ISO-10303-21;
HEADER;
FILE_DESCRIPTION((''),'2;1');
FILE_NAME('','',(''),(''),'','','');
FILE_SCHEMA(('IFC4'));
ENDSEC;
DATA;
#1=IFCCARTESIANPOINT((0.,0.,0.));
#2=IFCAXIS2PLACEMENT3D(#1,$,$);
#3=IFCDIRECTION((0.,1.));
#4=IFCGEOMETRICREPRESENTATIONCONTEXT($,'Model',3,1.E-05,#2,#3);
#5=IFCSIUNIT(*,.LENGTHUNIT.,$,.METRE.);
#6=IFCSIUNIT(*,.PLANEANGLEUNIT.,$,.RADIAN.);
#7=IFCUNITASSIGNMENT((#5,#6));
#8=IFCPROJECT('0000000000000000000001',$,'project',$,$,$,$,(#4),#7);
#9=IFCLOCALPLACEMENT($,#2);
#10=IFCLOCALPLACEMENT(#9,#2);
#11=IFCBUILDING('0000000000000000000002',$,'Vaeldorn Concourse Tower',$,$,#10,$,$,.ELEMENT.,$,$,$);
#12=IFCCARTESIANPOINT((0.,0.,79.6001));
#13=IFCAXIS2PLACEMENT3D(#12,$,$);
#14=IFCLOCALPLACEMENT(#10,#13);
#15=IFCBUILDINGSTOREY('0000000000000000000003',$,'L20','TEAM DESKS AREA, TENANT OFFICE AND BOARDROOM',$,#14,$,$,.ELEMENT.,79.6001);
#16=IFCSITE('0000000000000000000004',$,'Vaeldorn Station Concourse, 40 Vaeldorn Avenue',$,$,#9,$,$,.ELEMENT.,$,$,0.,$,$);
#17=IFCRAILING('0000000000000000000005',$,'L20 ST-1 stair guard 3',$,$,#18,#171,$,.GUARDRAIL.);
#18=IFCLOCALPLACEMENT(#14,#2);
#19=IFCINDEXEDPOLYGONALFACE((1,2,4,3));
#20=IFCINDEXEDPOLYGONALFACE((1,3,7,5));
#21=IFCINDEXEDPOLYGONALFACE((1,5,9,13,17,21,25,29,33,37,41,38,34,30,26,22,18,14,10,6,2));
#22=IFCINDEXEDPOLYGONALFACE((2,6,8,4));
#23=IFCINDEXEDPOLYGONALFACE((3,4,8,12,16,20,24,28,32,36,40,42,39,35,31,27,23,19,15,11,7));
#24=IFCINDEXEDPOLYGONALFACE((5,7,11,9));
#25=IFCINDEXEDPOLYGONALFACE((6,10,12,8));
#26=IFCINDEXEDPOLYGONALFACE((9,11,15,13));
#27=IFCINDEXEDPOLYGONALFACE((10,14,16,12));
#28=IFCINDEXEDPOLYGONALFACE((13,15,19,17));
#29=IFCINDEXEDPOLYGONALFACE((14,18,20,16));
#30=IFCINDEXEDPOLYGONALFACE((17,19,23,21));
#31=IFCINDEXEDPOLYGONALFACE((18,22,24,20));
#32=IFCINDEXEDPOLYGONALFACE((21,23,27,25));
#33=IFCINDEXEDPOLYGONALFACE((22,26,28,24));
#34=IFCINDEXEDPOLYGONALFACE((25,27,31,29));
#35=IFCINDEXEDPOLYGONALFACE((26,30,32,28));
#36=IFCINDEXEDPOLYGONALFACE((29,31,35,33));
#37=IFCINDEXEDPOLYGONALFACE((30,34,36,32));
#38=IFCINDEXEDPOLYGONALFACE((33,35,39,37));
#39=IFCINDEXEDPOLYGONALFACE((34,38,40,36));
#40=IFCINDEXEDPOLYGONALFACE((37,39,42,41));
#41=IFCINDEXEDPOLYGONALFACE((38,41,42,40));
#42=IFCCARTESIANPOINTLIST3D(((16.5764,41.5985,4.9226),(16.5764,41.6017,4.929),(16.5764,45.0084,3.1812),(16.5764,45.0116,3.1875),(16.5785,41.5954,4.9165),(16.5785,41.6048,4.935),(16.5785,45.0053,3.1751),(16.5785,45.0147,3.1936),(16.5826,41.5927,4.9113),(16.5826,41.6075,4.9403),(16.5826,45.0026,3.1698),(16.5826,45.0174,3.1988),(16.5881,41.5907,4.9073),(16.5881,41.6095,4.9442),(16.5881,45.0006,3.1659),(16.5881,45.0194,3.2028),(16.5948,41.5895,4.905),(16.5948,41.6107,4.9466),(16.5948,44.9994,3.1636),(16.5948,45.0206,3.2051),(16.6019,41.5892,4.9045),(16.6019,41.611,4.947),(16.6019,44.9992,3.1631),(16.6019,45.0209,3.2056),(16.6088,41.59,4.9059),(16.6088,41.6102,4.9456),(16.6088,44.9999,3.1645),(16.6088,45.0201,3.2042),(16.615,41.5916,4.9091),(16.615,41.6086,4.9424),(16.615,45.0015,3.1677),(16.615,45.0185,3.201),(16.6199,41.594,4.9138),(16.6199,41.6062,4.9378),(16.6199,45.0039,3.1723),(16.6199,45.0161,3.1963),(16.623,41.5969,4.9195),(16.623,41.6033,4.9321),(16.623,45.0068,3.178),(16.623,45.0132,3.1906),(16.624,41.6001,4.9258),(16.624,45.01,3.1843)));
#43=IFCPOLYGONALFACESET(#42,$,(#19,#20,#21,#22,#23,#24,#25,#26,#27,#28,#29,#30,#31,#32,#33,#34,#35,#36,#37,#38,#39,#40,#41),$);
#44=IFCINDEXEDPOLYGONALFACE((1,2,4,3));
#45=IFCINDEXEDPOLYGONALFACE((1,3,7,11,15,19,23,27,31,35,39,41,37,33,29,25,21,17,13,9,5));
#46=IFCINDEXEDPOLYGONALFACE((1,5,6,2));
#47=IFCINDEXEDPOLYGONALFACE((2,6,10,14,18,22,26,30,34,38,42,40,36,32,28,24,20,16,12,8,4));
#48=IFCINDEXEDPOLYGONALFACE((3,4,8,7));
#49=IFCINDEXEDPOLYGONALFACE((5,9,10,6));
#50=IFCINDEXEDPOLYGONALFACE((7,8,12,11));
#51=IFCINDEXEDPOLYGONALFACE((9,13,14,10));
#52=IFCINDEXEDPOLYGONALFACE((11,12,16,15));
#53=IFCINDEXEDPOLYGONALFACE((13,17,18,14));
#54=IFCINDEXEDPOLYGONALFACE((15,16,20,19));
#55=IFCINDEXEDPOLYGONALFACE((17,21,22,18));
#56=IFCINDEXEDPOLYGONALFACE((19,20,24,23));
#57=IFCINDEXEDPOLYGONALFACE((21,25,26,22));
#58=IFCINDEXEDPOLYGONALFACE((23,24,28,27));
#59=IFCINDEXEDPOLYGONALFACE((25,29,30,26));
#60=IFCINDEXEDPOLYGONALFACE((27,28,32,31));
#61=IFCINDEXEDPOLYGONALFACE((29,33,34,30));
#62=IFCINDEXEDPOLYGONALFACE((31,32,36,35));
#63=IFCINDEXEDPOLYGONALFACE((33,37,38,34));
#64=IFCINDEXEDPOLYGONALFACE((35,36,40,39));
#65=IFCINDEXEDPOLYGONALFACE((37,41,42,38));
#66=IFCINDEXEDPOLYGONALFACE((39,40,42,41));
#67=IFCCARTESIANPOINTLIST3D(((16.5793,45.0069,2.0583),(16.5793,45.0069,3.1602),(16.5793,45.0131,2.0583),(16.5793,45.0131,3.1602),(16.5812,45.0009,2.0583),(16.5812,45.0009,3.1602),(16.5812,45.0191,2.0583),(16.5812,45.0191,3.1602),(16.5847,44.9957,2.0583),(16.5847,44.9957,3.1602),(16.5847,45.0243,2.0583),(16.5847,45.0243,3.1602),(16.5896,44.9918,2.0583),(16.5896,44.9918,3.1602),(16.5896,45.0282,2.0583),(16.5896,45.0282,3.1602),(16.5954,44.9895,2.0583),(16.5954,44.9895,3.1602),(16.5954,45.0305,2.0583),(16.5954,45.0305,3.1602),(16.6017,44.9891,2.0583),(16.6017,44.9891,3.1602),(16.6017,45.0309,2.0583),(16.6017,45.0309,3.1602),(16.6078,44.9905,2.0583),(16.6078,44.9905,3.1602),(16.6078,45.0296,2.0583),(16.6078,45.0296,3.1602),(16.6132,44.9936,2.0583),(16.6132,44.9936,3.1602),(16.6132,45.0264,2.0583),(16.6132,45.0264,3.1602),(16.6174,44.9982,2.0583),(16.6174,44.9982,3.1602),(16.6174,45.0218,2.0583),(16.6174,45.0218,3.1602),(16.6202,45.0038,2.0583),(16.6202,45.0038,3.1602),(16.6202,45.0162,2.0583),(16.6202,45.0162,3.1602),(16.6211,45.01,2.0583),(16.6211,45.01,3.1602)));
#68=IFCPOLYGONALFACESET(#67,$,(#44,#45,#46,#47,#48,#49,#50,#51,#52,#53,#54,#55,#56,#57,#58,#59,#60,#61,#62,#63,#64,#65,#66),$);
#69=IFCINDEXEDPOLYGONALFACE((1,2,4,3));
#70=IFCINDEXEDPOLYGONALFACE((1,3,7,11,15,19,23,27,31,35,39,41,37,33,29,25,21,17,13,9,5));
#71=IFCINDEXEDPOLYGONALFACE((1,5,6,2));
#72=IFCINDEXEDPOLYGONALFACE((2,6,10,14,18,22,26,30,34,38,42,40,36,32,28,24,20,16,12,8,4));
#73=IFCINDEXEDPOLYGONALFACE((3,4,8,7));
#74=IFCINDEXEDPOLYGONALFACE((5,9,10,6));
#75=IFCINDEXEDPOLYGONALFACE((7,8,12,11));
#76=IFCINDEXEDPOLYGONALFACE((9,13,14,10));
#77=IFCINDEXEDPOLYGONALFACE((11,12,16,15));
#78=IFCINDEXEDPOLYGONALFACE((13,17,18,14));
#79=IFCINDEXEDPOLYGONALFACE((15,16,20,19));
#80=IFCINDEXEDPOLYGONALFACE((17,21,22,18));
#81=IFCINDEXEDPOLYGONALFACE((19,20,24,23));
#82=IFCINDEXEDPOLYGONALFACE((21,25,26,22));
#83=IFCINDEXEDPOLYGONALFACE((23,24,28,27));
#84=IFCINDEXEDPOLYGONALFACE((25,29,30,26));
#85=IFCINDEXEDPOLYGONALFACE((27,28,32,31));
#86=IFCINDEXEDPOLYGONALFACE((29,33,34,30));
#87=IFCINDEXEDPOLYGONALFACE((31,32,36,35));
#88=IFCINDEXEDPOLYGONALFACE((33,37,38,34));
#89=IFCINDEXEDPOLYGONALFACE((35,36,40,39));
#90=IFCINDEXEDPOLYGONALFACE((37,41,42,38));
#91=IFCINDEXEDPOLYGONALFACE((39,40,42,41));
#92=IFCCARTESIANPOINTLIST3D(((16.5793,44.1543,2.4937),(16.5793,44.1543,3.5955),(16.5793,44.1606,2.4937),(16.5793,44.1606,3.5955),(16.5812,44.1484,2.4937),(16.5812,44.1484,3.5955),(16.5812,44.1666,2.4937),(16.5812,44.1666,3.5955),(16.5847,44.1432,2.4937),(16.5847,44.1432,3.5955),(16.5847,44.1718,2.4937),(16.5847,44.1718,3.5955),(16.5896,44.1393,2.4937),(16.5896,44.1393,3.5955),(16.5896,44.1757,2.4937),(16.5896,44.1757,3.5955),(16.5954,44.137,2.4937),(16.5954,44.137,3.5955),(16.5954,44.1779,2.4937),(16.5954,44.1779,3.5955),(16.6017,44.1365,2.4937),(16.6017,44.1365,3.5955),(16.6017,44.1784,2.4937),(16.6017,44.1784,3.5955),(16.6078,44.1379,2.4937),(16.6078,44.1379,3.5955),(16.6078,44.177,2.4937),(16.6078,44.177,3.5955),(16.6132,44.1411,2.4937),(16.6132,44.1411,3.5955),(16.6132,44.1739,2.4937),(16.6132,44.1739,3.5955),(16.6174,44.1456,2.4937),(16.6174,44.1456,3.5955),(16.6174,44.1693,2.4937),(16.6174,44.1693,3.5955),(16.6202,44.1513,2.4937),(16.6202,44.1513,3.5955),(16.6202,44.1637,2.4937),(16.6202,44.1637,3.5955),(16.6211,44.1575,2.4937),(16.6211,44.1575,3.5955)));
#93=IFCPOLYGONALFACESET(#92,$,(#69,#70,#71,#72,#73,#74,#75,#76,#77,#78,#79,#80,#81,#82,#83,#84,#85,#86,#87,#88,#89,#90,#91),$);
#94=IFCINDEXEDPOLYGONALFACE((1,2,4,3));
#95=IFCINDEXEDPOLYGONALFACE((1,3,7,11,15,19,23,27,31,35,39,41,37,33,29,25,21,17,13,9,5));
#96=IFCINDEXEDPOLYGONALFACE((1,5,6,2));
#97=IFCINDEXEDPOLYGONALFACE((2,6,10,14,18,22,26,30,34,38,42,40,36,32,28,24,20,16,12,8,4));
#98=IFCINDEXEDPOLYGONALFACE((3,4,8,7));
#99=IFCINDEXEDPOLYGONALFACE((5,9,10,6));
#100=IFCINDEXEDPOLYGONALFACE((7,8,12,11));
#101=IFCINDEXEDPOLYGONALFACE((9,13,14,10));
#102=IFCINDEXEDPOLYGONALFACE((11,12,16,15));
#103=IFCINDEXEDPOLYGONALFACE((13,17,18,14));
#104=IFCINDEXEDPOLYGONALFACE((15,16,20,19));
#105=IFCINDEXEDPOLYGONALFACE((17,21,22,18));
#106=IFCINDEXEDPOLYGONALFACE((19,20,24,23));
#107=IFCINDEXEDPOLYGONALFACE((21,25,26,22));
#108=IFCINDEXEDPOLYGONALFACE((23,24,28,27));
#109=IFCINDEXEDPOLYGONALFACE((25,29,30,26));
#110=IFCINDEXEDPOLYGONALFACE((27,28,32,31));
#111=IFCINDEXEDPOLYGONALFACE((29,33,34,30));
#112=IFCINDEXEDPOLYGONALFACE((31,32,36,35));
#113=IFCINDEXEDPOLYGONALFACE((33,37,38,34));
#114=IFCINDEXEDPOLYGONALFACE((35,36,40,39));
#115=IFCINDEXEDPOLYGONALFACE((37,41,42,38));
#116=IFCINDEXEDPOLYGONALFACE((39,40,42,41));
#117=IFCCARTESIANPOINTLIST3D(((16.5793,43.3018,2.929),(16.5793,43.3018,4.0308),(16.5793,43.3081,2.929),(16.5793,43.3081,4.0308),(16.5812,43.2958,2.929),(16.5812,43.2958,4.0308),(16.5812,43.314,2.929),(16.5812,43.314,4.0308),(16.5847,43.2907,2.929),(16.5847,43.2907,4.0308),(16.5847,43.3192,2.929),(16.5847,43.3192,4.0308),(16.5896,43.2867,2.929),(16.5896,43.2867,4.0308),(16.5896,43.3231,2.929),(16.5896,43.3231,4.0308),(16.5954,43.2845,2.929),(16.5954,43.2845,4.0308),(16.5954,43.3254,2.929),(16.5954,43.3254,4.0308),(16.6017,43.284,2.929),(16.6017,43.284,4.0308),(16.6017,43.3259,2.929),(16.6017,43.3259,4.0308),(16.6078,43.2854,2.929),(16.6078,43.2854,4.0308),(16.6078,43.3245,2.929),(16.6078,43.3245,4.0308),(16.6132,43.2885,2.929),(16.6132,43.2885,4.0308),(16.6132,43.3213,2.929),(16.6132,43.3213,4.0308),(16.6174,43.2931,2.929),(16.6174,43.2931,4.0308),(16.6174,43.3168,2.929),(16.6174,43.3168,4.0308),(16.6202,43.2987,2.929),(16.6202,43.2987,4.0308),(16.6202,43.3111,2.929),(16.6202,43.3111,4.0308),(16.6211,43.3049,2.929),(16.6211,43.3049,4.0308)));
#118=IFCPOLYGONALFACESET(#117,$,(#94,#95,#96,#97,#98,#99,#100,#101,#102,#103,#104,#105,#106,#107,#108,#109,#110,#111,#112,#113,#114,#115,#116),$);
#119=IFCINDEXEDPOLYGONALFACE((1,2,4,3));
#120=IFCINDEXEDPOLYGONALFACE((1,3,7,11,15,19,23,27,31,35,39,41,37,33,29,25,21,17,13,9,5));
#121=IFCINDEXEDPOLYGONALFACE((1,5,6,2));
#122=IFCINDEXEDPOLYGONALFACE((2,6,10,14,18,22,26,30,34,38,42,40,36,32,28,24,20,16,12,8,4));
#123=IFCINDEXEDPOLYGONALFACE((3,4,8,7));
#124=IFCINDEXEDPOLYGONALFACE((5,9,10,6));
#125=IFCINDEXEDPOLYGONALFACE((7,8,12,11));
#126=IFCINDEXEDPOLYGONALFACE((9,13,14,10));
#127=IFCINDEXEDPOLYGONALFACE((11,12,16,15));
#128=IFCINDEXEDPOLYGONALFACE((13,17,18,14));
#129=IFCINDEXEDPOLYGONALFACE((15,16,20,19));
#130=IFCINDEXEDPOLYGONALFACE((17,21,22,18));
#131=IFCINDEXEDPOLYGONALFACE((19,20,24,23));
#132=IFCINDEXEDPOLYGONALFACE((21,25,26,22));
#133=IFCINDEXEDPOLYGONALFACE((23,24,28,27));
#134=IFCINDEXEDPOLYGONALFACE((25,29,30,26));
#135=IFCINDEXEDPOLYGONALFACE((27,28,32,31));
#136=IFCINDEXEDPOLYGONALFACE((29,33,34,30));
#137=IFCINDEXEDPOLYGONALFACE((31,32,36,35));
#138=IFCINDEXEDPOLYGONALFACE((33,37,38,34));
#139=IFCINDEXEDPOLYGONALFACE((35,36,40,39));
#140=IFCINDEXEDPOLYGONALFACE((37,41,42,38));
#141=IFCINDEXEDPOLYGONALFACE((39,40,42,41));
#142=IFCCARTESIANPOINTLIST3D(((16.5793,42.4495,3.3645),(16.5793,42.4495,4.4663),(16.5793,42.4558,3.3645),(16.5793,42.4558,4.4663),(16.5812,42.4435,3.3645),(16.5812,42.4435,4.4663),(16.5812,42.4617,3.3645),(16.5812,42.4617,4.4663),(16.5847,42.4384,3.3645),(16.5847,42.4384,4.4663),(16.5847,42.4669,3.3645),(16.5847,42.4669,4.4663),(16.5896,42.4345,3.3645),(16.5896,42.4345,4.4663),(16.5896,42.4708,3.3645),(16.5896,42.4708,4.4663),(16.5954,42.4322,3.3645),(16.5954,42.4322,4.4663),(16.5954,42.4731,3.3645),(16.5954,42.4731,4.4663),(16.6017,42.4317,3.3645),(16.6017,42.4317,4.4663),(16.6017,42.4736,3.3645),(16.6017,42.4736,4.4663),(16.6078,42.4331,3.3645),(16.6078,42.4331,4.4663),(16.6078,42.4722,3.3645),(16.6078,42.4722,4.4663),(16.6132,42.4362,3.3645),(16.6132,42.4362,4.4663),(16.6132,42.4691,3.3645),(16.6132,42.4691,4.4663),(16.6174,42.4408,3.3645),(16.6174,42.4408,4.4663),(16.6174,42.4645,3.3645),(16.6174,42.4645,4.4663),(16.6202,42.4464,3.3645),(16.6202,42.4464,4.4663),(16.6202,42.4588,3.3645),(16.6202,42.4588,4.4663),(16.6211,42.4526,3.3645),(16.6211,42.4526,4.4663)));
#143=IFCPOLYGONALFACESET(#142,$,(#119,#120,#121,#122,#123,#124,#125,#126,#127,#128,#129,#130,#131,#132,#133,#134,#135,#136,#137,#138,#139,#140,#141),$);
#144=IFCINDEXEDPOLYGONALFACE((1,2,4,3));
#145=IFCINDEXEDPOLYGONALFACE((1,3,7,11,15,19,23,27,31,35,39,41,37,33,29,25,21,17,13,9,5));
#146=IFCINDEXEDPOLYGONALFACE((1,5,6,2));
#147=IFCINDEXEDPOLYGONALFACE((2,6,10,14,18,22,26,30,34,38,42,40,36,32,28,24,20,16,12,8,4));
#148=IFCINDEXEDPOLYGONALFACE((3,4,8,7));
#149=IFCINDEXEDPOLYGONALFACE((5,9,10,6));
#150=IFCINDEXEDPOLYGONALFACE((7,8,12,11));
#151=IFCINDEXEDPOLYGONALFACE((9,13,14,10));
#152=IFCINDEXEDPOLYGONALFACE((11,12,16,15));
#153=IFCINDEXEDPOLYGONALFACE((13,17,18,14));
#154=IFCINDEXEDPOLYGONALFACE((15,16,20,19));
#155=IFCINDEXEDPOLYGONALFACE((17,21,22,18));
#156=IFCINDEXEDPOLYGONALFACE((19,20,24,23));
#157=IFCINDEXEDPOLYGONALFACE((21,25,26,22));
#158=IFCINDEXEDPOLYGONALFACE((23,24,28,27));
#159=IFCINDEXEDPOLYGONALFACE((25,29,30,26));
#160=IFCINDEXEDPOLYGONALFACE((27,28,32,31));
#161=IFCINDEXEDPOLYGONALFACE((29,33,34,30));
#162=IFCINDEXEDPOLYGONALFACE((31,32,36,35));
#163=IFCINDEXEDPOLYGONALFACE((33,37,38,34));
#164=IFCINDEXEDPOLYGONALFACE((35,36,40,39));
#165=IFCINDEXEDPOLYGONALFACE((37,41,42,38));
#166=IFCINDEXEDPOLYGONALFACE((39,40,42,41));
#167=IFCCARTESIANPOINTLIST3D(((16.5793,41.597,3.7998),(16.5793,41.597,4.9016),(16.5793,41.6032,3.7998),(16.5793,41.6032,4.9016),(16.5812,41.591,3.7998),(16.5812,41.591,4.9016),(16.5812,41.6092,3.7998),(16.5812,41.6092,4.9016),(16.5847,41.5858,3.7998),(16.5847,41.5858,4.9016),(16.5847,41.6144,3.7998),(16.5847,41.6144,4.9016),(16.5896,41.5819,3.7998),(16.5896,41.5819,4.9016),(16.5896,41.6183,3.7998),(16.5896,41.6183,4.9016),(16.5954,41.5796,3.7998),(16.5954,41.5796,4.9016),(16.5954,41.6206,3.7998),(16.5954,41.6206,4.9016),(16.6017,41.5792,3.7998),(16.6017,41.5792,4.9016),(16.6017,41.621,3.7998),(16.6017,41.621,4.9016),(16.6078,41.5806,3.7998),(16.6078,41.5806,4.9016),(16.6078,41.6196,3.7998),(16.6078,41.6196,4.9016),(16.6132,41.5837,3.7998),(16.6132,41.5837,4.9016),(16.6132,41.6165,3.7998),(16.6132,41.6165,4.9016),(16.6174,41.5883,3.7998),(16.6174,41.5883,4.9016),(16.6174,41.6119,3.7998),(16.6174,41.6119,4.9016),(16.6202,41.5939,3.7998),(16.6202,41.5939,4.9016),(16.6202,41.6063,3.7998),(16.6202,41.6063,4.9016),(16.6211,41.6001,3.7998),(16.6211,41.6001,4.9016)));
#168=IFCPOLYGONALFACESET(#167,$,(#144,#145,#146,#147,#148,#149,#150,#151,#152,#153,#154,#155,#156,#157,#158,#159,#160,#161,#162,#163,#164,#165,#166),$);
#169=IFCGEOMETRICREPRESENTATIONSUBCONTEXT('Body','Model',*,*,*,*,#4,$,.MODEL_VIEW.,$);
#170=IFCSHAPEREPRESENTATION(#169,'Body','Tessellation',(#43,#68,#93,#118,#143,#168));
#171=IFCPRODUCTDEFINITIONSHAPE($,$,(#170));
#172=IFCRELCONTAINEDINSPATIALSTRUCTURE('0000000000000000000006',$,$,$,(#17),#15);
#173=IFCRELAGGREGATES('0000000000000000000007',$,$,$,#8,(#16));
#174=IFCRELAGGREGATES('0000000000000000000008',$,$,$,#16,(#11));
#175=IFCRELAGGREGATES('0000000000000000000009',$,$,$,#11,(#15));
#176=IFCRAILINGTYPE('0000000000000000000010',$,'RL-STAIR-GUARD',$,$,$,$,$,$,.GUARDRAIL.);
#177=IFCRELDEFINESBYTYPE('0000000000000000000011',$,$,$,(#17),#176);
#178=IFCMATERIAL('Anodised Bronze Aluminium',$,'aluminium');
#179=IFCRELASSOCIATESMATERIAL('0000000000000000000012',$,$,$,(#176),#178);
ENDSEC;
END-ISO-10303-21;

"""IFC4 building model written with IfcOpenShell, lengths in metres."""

from ifc_helpers import new_model, si_unit, direction, frame, origin, origin_2d, place, context, subcontext, project, spatial, circle, extrude, material, type_object, element, save


model = new_model("IFC4")

# Units and contexts
model_context = context("Model", 3, precision=1e-05, world=origin(), true_north=direction((0.0, 1.0)))
body_context = subcontext(model_context, "Body", "Model", "MODEL_VIEW")
ifc_project = project(units=[si_unit("LENGTHUNIT", "METRE"), si_unit("PLANEANGLEUNIT", "RADIAN")], contexts=[model_context])

# Site, building, storey
site_placement = place(None, origin())
site = spatial("IfcSite", under=ifc_project, at=site_placement, Name="Vaeldorn Station Concourse, 40 Vaeldorn Avenue", CompositionType="ELEMENT", RefElevation=0.0)
building_placement = place(site_placement, origin())
building = spatial("IfcBuilding", under=site, at=building_placement, Name="Vaeldorn Concourse Tower", CompositionType="ELEMENT")
storey_placement = place(building_placement, frame((0.0, 0.0, 79.6001)))
storey = spatial("IfcBuildingStorey", under=building, at=storey_placement, Name="L20", Description="TEAM DESKS AREA, TENANT OFFICE AND BOARDROOM", CompositionType="ELEMENT", Elevation=79.6001)

# Shared definitions
ifc_material_1 = material(Name="Anodised Bronze Aluminium", Category="aluminium")

# Railing
railing_type_1 = type_object("IfcRailingType", Name="RL-STAIR-GUARD", PredefinedType="GUARDRAIL", material=ifc_material_1)
railing_1_placement = place(storey_placement, frame((16.6001, 45.01, 2.0583)))
element("IfcRailing", 1, at=railing_1_placement, inside=storey, type_object=railing_type_1, Name="L20 ST-1 stair guard 3", PredefinedType="GUARDRAIL", context=body_context, shape_type="SweptSolid", body=[
    extrude(circle(Radius=0.0239, at=origin_2d()), frame((0.0, 0.0, 1.126), z_axis=(0.0, -0.890582, 0.454823), x_axis=(1.0, 0.0, 0.0)), (0.0, 0.0, 1.0), 3.8289),
    extrude(circle(Radius=0.021, at=origin_2d()), origin(), (0.0, 0.0, 1.0), 1.1018),
    extrude(circle(Radius=0.021, at=origin_2d()), frame((0.0, -0.8525, 0.4353)), (0.0, 0.0, 1.0), 1.1018),
    extrude(circle(Radius=0.021, at=origin_2d()), frame((0.0, -1.7051, 0.8706)), (0.0, 0.0, 1.0), 1.1018),
    extrude(circle(Radius=0.021, at=origin_2d()), frame((0.0, -2.5574, 1.3062)), (0.0, 0.0, 1.0), 1.1018),
    extrude(circle(Radius=0.021, at=origin_2d()), frame((0.0, -3.4099, 1.7415)), (0.0, 0.0, 1.0), 1.1018),
])

save(model, "model.ifc")
